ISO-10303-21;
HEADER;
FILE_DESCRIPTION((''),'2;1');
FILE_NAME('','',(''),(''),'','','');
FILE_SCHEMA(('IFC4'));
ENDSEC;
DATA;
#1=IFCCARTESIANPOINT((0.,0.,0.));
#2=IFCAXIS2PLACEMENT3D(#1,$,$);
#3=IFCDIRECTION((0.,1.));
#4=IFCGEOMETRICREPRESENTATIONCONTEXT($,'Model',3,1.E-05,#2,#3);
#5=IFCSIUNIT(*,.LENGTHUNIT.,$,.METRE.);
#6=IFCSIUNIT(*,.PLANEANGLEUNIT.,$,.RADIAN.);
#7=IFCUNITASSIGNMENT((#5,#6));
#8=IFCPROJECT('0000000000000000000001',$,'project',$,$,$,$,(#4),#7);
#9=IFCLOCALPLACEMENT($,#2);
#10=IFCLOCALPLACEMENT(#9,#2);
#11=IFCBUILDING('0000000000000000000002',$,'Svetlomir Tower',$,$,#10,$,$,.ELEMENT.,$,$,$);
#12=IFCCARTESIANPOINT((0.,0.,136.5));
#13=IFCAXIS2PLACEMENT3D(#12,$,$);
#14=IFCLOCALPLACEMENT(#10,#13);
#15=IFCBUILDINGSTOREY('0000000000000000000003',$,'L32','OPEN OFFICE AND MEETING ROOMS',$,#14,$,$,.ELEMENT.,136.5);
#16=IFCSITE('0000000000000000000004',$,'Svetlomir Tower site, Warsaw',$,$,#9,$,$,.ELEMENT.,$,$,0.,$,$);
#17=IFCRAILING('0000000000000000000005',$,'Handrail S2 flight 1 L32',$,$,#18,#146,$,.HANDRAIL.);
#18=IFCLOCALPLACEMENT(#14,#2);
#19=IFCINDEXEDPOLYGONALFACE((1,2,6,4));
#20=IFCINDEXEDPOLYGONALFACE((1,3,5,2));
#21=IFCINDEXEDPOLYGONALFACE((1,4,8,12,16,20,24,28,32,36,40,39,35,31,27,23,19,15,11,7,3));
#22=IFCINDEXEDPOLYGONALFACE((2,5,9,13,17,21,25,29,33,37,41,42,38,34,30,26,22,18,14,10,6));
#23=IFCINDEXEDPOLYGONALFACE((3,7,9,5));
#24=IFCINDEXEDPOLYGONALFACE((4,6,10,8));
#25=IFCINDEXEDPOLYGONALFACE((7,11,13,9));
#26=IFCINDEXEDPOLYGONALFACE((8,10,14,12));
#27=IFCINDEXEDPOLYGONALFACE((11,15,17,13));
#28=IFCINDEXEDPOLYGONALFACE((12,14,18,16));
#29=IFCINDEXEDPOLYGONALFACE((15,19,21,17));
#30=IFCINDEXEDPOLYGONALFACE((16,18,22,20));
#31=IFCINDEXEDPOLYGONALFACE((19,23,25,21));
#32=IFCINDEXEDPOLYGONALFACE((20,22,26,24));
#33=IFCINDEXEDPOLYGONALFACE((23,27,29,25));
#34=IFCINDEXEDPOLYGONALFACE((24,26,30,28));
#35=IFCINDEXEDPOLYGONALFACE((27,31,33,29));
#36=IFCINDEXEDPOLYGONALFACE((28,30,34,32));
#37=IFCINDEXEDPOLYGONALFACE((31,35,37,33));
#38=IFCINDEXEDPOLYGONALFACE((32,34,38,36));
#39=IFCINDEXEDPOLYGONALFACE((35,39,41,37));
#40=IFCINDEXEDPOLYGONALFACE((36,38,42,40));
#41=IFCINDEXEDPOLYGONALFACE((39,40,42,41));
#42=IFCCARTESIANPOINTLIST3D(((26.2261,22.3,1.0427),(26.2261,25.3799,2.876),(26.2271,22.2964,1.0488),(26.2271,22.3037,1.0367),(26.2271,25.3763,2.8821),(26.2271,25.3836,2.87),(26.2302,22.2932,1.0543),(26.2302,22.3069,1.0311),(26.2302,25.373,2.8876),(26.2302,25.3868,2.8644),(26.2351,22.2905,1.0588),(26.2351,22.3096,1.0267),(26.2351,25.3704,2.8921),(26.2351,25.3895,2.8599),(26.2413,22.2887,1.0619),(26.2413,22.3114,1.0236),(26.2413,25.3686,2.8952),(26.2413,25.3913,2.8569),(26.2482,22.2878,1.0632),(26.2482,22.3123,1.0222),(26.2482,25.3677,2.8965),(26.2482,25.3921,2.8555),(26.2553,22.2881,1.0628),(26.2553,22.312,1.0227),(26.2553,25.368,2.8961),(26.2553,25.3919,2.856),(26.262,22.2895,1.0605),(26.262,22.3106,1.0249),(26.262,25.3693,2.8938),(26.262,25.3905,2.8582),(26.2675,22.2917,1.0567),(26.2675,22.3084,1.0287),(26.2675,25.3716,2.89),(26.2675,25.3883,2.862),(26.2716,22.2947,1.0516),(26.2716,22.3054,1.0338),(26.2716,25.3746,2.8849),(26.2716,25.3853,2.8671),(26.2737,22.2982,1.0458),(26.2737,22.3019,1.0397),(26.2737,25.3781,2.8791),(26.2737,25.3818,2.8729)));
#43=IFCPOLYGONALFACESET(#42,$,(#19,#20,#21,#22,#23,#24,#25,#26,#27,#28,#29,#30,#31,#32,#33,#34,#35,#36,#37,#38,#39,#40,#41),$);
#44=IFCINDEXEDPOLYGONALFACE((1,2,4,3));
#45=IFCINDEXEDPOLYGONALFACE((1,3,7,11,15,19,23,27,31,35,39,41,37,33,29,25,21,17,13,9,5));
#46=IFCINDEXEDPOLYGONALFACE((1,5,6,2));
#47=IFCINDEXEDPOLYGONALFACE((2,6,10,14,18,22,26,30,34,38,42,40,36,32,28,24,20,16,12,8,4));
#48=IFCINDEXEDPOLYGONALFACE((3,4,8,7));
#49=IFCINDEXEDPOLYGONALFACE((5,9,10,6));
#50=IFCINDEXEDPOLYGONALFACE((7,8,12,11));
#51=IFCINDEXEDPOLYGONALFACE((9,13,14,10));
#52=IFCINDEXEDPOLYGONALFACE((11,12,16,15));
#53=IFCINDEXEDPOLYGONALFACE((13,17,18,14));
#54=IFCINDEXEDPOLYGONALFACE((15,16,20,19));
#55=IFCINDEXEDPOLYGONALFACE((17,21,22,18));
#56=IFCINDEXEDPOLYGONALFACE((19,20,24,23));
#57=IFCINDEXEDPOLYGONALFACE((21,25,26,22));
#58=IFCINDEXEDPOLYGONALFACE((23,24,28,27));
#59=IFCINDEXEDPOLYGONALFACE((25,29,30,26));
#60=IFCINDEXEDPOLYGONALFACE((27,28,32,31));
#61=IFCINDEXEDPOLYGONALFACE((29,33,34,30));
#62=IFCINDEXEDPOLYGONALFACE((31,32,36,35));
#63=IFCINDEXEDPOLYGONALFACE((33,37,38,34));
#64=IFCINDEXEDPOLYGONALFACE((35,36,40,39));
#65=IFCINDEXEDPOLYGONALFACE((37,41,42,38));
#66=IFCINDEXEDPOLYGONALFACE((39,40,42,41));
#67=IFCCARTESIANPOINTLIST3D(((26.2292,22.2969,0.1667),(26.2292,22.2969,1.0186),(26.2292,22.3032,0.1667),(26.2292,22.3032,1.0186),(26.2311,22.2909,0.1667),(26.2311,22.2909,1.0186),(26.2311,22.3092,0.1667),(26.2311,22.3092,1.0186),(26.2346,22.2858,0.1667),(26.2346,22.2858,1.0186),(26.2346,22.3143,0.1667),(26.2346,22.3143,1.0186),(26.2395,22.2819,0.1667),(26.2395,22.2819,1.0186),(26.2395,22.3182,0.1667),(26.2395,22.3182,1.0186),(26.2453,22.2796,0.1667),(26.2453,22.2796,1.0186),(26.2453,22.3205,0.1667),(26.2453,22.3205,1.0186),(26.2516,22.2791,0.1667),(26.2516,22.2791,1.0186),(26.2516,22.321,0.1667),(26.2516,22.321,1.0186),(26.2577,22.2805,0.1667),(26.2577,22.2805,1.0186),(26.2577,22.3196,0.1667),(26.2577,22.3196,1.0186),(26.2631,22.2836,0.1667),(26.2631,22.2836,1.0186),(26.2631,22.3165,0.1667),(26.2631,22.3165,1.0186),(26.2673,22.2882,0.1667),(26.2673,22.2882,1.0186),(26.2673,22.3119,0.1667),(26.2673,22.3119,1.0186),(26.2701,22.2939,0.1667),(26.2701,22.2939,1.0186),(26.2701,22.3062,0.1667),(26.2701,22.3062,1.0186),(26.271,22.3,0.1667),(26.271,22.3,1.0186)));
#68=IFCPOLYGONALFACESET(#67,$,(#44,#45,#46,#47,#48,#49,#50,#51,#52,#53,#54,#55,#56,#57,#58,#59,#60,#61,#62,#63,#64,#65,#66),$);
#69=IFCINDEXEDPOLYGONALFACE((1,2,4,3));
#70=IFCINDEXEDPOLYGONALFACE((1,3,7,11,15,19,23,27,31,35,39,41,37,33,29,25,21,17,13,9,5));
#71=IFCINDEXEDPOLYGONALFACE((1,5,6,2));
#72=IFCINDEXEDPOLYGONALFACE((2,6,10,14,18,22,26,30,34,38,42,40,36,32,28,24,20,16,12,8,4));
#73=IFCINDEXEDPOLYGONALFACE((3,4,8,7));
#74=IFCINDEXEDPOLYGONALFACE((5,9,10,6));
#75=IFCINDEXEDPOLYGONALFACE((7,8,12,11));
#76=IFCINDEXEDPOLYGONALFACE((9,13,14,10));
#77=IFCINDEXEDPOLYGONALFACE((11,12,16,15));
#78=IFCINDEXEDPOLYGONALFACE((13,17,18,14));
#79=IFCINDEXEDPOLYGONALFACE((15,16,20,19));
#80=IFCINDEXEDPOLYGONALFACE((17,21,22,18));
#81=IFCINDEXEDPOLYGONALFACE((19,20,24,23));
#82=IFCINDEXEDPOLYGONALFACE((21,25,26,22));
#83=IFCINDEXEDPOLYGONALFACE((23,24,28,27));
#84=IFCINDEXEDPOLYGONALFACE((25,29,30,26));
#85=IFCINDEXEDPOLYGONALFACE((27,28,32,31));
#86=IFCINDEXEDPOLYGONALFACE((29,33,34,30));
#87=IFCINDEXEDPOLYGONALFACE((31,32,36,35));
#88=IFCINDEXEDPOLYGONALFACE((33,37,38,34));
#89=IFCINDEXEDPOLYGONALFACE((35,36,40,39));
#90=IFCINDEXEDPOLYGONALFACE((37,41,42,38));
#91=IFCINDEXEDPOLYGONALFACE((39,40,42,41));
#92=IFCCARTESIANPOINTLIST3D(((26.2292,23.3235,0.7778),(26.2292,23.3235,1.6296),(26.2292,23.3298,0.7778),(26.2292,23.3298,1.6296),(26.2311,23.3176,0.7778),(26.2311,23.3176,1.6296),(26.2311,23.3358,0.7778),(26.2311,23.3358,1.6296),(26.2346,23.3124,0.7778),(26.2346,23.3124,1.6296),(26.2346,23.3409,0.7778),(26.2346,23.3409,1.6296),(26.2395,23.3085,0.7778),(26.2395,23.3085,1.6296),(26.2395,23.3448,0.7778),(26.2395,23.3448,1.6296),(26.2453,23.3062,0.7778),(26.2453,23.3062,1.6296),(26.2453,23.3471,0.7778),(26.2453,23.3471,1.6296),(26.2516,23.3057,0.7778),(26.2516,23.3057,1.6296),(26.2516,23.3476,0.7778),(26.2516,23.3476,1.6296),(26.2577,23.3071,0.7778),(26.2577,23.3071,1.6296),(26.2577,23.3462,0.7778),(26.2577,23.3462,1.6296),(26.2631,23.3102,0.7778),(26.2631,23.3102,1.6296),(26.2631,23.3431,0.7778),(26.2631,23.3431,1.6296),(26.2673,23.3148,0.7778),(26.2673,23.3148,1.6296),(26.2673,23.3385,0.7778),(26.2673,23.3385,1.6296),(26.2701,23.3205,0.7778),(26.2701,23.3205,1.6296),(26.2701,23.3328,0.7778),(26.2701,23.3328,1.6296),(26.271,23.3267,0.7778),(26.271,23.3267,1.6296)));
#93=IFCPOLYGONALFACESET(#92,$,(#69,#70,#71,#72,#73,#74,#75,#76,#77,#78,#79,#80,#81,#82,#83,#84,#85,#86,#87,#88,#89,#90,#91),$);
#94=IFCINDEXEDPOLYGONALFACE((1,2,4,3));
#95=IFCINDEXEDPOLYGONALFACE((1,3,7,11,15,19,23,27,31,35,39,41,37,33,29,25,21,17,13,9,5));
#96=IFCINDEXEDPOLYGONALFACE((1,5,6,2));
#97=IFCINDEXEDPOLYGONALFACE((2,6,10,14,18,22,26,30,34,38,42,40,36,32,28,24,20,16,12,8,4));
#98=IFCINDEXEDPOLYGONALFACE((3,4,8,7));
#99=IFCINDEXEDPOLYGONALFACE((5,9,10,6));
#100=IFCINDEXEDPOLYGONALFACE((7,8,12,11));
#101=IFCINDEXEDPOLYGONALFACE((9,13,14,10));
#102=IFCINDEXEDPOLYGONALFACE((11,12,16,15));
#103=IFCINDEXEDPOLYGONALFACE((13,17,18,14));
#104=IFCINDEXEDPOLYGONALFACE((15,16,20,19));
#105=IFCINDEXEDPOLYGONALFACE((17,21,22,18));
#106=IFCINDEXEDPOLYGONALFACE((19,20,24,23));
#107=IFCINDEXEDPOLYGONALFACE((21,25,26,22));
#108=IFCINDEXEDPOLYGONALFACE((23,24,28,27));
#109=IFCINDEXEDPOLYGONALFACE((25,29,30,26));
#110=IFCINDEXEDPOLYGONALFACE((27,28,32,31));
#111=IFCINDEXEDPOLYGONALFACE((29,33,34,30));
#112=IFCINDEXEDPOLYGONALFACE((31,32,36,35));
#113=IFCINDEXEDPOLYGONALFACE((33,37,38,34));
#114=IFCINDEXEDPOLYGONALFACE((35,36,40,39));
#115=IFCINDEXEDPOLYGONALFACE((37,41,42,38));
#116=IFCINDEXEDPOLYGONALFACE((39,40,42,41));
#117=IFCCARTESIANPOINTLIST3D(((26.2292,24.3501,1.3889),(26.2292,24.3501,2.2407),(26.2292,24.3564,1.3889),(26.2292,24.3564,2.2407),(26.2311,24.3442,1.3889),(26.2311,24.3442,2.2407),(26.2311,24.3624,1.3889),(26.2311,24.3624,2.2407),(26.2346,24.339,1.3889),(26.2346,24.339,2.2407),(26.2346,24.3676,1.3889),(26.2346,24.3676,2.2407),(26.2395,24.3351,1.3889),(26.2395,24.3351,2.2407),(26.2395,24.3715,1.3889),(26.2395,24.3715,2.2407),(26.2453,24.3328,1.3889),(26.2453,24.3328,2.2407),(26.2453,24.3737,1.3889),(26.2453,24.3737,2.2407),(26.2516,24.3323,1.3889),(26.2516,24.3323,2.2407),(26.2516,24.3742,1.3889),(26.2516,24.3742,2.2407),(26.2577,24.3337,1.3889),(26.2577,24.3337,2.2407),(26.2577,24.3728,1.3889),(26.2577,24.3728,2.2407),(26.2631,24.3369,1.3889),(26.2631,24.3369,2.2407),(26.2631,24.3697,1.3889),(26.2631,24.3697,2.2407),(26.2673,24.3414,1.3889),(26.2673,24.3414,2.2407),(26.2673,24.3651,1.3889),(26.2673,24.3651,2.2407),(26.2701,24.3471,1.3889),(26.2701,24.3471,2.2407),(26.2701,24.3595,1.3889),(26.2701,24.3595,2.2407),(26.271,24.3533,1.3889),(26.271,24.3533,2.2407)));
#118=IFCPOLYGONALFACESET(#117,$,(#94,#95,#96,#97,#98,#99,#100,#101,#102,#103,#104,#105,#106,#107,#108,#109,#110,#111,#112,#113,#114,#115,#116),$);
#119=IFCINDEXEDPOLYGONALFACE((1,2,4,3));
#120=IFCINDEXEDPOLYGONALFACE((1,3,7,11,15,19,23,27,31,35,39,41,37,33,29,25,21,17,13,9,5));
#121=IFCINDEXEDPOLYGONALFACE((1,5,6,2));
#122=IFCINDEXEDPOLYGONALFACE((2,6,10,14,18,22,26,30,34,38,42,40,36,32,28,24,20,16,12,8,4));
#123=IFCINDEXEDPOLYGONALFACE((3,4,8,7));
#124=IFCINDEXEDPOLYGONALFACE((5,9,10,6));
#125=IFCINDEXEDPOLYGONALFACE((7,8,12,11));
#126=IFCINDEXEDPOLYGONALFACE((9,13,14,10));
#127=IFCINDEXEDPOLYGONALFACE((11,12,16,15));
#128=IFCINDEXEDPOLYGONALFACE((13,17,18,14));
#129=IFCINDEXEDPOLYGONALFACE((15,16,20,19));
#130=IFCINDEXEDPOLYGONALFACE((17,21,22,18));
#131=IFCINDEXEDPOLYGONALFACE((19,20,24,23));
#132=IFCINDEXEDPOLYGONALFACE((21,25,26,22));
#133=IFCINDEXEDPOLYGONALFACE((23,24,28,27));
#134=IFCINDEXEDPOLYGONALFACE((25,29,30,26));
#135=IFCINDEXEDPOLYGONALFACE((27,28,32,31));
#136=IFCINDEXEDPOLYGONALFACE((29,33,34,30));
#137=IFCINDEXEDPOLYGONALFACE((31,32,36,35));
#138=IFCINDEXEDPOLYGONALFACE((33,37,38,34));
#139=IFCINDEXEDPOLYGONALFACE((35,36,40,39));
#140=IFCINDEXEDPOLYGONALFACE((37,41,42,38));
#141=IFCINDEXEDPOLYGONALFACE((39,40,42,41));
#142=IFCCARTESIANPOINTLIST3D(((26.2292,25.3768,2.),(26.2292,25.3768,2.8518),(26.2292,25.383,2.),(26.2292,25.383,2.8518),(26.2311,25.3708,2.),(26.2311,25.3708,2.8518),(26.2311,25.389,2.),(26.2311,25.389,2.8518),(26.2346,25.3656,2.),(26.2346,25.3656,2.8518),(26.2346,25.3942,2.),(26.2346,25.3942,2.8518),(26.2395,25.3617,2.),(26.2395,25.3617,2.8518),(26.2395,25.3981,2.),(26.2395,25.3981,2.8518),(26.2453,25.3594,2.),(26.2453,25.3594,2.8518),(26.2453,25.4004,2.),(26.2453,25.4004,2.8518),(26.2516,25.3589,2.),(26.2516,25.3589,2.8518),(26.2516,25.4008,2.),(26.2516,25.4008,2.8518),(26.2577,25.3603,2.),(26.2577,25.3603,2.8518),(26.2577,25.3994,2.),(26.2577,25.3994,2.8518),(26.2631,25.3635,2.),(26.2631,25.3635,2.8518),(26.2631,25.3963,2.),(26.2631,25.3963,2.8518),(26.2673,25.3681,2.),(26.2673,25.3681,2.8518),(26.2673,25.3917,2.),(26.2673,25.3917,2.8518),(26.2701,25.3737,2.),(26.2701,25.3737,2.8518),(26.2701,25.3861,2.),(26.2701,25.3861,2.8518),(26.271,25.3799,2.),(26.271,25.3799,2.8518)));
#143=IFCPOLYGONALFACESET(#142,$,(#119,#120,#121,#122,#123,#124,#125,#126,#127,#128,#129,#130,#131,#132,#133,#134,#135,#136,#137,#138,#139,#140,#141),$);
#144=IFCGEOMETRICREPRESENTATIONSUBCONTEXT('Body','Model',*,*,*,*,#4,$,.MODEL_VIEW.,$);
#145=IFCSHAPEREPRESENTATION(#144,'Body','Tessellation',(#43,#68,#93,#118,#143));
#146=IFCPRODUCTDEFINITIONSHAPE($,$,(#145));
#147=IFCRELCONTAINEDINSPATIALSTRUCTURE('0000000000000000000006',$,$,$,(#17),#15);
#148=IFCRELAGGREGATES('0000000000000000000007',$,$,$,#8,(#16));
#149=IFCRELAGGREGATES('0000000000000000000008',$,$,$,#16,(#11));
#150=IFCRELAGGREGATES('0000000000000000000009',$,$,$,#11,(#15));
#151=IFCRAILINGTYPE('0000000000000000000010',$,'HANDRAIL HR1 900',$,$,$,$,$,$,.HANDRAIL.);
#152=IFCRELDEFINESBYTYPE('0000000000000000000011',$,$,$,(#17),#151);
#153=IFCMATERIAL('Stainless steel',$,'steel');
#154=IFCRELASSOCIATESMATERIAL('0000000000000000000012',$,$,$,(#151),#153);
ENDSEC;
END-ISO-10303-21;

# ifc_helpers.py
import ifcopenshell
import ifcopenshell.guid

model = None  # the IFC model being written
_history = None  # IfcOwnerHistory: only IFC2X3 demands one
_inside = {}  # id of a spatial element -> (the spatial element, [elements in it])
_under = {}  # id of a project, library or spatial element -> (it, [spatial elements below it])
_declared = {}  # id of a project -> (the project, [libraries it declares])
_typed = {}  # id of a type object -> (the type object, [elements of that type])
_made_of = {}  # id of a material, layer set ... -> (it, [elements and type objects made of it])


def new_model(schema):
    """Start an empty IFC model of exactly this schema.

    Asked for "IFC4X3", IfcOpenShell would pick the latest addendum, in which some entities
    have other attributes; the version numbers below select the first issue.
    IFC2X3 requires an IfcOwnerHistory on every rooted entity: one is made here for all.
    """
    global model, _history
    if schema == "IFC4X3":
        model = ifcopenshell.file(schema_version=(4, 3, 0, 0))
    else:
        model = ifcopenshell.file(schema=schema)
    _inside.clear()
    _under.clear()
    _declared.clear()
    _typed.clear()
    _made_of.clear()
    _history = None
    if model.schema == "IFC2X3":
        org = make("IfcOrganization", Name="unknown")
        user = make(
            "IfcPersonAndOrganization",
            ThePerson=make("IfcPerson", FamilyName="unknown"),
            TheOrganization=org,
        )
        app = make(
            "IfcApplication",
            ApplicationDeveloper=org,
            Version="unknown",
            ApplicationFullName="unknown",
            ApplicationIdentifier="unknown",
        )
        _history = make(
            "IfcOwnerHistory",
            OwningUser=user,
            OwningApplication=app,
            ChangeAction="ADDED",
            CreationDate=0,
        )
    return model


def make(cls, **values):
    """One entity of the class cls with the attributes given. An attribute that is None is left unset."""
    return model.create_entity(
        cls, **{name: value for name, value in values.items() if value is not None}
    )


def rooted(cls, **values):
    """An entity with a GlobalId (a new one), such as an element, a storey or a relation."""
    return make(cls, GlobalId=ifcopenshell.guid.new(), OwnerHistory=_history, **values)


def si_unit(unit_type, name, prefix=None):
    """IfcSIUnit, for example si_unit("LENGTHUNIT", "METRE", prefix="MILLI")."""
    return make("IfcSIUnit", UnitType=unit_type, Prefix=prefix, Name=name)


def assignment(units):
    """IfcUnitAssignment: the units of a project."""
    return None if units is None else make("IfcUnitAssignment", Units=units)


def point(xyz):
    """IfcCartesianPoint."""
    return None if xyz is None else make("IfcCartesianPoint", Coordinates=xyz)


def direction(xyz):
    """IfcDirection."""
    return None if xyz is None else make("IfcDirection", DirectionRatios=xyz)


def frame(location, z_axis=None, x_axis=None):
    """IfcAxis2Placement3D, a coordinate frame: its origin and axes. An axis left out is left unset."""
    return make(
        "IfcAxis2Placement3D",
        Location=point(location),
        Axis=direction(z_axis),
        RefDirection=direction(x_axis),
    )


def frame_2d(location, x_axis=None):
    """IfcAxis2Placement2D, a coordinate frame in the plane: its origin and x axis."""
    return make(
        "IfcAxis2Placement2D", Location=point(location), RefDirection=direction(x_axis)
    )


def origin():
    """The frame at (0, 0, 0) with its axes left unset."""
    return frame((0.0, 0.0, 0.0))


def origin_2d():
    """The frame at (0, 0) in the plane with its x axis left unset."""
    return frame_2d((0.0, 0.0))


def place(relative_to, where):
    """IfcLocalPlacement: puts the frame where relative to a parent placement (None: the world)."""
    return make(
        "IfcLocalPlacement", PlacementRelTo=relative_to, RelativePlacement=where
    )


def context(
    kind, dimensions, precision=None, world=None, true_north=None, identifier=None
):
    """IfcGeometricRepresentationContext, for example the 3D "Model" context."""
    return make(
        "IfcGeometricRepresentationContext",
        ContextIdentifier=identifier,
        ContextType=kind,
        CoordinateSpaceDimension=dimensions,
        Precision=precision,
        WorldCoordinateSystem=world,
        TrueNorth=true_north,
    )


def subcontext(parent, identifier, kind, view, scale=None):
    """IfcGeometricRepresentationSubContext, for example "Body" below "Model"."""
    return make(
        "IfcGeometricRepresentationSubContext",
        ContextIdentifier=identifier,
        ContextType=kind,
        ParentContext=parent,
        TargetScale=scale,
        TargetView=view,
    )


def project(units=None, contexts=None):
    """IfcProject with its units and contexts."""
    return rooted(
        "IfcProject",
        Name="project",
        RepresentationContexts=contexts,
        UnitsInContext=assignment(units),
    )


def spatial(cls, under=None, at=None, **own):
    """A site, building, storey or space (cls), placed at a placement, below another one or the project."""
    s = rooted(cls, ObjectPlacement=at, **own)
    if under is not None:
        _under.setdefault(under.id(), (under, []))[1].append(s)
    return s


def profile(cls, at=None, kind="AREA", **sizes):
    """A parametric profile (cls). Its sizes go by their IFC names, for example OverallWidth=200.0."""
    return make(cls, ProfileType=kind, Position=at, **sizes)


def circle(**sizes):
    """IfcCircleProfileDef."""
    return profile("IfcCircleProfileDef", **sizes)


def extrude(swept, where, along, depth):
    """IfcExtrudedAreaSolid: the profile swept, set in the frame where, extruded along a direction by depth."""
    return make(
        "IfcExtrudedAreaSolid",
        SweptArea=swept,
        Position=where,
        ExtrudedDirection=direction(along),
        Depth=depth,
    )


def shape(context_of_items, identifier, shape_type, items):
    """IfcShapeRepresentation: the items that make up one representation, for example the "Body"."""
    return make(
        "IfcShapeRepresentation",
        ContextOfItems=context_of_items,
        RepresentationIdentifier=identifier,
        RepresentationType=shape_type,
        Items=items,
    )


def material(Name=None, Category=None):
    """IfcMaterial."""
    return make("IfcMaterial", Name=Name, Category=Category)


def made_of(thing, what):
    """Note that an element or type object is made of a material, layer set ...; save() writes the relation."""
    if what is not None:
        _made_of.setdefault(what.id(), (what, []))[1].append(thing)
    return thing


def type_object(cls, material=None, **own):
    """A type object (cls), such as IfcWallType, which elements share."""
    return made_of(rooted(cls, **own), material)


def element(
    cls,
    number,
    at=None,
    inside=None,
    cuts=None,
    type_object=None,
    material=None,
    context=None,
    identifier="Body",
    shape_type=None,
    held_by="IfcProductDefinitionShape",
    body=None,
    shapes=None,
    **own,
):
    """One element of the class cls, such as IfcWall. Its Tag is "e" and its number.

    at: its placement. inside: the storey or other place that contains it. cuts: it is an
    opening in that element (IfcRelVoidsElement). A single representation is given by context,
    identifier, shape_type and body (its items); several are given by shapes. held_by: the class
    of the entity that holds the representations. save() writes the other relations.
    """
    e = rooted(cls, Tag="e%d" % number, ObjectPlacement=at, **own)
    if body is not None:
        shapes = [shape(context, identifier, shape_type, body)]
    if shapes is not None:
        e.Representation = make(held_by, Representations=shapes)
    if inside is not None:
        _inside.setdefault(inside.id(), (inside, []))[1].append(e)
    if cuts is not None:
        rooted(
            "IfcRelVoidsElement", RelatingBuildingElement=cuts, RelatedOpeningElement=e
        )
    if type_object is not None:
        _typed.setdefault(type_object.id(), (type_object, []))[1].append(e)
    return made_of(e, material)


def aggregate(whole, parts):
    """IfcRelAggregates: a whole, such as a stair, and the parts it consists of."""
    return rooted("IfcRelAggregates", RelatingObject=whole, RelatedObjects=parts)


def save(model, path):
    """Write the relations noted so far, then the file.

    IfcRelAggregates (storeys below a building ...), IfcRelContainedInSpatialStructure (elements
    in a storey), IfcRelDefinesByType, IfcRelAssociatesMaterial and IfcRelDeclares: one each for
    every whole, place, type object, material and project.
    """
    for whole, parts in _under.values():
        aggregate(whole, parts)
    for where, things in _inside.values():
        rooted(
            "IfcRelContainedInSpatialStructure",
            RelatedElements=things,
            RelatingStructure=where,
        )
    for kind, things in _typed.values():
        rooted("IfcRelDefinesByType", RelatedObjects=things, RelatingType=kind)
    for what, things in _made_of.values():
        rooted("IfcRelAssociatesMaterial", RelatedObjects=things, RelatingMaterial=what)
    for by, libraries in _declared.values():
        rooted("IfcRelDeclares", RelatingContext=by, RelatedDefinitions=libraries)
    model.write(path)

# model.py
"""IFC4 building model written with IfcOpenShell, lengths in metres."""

from ifc_helpers import new_model, si_unit, direction, frame, origin, origin_2d, place, context, subcontext, project, spatial, circle, extrude, material, type_object, element, save


model = new_model("IFC4")

# Units and contexts
model_context = context("Model", 3, precision=1e-05, world=origin(), true_north=direction((0.0, 1.0)))
body_context = subcontext(model_context, "Body", "Model", "MODEL_VIEW")
ifc_project = project(units=[si_unit("LENGTHUNIT", "METRE"), si_unit("PLANEANGLEUNIT", "RADIAN")], contexts=[model_context])

# Site, building, storey
site_placement = place(None, origin())
site = spatial("IfcSite", under=ifc_project, at=site_placement, Name="Svetlomir Tower site, Warsaw", CompositionType="ELEMENT", RefElevation=0.0)
building_placement = place(site_placement, origin())
building = spatial("IfcBuilding", under=site, at=building_placement, Name="Svetlomir Tower", CompositionType="ELEMENT")
storey_placement = place(building_placement, frame((0.0, 0.0, 136.5)))
storey = spatial("IfcBuildingStorey", under=building, at=storey_placement, Name="L32", Description="OPEN OFFICE AND MEETING ROOMS", CompositionType="ELEMENT", Elevation=136.5)

# Railing
ifc_material_1 = material(Name="Stainless steel", Category="steel")
railing_type = type_object("IfcRailingType", Name="HANDRAIL HR1 900", PredefinedType="HANDRAIL", material=ifc_material_1)
railing_1_placement = place(storey_placement, frame((26.25, 22.3, 0.1667)))
element("IfcRailing", 1, at=railing_1_placement, inside=storey, type_object=railing_type, Name="Handrail S2 flight 1 L32", PredefinedType="HANDRAIL", context=body_context, shape_type="SweptSolid", body=[
    extrude(circle(Radius=0.0239, at=origin_2d()), frame((0.0, 0.0, 0.876), z_axis=(0.0, 0.859291, 0.511487), x_axis=(-1.0, 0.0, 0.0)), (0.0, 0.0, 1.0), 3.5842),
    extrude(circle(Radius=0.021, at=origin_2d()), origin(), (0.0, 0.0, 1.0), 0.8518),
    extrude(circle(Radius=0.021, at=origin_2d()), frame((0.0, 1.0266, 0.6111)), (0.0, 0.0, 1.0), 0.8518),
    extrude(circle(Radius=0.021, at=origin_2d()), frame((0.0, 2.0532, 1.2222)), (0.0, 0.0, 1.0), 0.8518),
    extrude(circle(Radius=0.021, at=origin_2d()), frame((0.0, 3.0798, 1.8333)), (0.0, 0.0, 1.0), 0.8518),
])

save(model, "model.ifc")
